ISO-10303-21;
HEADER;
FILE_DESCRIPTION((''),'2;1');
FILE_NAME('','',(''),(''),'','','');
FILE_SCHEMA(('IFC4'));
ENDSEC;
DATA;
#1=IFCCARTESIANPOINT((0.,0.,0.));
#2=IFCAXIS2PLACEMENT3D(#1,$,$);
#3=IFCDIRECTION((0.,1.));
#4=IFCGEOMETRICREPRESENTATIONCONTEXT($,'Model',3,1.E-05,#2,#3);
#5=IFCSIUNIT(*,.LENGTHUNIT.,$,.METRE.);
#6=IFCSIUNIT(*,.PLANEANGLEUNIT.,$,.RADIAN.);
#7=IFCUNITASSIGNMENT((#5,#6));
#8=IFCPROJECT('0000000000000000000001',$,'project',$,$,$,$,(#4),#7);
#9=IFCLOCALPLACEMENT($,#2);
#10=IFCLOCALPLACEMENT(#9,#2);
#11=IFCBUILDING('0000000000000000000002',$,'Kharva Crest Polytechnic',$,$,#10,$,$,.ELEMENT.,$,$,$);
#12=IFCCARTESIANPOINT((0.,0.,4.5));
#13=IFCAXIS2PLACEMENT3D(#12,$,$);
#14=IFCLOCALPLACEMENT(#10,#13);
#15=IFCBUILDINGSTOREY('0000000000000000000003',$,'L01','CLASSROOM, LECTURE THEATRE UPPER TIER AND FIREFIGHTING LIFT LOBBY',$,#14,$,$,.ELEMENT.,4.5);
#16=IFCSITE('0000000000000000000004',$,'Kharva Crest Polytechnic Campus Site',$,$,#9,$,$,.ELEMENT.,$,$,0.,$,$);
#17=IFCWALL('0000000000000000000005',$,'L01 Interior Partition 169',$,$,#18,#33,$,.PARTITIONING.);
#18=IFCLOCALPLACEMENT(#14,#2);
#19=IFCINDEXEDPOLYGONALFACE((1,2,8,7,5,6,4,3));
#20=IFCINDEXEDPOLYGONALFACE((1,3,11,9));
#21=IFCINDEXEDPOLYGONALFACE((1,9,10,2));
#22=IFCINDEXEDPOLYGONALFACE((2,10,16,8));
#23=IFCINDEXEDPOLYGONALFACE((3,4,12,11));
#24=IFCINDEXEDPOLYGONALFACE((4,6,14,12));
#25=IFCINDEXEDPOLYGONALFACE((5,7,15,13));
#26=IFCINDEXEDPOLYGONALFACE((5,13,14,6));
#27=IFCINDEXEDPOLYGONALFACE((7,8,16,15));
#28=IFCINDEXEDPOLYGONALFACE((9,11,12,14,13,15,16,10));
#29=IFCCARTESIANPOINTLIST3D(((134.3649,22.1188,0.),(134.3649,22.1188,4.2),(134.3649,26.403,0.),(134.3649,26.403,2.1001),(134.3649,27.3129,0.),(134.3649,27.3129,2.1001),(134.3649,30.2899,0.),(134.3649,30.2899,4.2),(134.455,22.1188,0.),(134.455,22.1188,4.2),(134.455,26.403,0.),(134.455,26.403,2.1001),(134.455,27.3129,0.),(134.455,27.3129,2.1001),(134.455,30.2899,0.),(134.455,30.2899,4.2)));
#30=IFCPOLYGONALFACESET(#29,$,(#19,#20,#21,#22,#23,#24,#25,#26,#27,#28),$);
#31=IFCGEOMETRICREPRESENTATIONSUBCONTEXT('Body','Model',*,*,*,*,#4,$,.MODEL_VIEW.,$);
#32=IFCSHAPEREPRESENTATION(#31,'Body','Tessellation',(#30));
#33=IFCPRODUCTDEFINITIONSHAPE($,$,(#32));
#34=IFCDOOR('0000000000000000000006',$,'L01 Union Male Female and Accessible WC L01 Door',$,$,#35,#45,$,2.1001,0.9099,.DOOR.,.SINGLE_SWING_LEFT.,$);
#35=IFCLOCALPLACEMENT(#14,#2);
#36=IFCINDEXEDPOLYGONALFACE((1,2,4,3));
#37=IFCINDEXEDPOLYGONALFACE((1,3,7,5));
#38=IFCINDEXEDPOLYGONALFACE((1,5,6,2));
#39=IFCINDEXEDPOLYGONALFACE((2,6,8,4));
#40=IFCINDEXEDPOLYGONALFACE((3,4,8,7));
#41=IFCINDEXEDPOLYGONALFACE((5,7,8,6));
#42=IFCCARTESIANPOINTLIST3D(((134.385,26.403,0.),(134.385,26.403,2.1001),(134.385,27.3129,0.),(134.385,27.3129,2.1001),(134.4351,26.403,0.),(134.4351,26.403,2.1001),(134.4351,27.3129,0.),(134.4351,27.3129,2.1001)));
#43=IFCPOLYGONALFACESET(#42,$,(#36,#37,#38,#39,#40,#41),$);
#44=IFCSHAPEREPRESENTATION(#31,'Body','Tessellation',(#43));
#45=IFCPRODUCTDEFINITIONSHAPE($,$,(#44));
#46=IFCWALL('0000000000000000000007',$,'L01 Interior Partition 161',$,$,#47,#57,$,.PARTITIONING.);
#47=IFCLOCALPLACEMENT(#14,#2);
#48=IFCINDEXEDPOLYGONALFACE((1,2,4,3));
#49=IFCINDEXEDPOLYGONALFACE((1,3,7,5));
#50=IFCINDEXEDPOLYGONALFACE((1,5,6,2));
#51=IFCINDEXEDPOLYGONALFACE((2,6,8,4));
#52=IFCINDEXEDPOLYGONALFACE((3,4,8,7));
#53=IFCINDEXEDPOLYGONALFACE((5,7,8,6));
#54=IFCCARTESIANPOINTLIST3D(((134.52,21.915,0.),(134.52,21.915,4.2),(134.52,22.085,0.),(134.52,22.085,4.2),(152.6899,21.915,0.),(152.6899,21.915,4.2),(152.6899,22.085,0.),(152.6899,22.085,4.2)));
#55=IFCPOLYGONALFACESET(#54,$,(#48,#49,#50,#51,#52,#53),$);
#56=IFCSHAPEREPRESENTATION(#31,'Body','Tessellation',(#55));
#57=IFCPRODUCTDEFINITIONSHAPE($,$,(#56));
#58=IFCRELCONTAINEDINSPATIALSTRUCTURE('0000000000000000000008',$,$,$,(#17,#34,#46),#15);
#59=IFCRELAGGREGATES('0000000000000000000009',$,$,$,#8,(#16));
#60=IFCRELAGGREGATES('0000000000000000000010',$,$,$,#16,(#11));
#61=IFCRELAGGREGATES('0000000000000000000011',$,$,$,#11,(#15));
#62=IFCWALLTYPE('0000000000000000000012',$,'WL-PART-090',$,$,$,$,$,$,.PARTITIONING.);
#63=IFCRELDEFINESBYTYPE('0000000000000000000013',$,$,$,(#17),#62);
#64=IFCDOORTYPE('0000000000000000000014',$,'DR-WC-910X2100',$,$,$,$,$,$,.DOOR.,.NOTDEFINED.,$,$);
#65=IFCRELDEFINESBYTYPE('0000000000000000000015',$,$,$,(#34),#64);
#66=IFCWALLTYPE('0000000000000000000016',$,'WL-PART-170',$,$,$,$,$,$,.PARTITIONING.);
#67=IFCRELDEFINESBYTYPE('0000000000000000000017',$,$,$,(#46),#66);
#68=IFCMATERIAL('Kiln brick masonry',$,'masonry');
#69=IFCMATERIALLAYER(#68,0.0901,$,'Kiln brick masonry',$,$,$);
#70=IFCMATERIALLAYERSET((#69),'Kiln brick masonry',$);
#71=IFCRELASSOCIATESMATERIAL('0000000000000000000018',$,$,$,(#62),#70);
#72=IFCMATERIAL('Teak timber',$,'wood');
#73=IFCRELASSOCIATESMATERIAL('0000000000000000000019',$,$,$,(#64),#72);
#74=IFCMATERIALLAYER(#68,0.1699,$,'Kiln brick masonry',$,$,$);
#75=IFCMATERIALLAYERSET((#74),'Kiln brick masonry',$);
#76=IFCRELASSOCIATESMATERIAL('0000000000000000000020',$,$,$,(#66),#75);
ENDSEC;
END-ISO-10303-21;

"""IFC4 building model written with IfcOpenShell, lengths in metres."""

from ifc_helpers import new_model, si_unit, direction, frame, frame_2d, origin, place, context, subcontext, project, spatial, rectangle, extrude, material, layer, layer_set, type_object, element, fill, save


model = new_model("IFC4")

# Units and contexts
model_context = context("Model", 3, precision=1e-05, world=origin(), true_north=direction((0.0, 1.0)))
body_context = subcontext(model_context, "Body", "Model", "MODEL_VIEW")
ifc_project = project(units=[si_unit("LENGTHUNIT", "METRE"), si_unit("PLANEANGLEUNIT", "RADIAN")], contexts=[model_context])

# Site, building, storey
site_placement = place(None, origin())
site = spatial("IfcSite", under=ifc_project, at=site_placement, Name="Kharva Crest Polytechnic Campus Site", CompositionType="ELEMENT", RefElevation=0.0)
building_placement = place(site_placement, origin())
building = spatial("IfcBuilding", under=site, at=building_placement, Name="Kharva Crest Polytechnic", CompositionType="ELEMENT")
storey_placement = place(building_placement, frame((0.0, 0.0, 4.5)))
storey = spatial("IfcBuildingStorey", under=building, at=storey_placement, Name="L01", Description="CLASSROOM, LECTURE THEATRE UPPER TIER AND FIREFIGHTING LIFT LOBBY", CompositionType="ELEMENT", Elevation=4.5)

# Wall, opening, door
ifc_material_1 = material(Name="Kiln brick masonry", Category="masonry")
ifc_layer_1 = layer(ifc_material_1, 0.0901, Name="Kiln brick masonry")
ifc_layer_set_1 = layer_set([ifc_layer_1], Name="Kiln brick masonry")
wall_type_1 = type_object("IfcWallType", Name="WL-PART-090", PredefinedType="PARTITIONING", material=ifc_layer_set_1)
wall_1_placement = place(storey_placement, frame((134.4099, 22.1189, 0.0), z_axis=(0.0, 0.0, 1.0), x_axis=(0.0, 1.0, 0.0)))
wall_1 = element("IfcWall", 1, at=wall_1_placement, inside=storey, type_object=wall_type_1, Name="L01 Interior Partition 169", PredefinedType="PARTITIONING", context=body_context, shape_type="SweptSolid", body=[
    extrude(rectangle(XDim=8.1711, YDim=0.0901, at=frame_2d((4.0854, 0.0))), origin(), (0.0, 0.0, 1.0), 4.2),
])
opening_placement = place(wall_1_placement, frame((4.2839, 0.0, 0.0)))
opening = element("IfcOpeningElement", 2, at=opening_placement, cuts=wall_1, PredefinedType="OPENING", context=body_context, shape_type="SweptSolid", body=[
    extrude(rectangle(XDim=0.9099, YDim=2.1001, at=frame_2d((0.4551, 1.05))), frame((0.0, 0.0549, 0.0), z_axis=(0.0, -1.0, 0.0), x_axis=(1.0, 0.0, 0.0)), (0.0, 0.0, 1.0), 0.1101),
])
ifc_material_2 = material(Name="Teak timber", Category="wood")
door_type = type_object("IfcDoorType", Name="DR-WC-910X2100", OperationType="NOTDEFINED", PredefinedType="DOOR", material=ifc_material_2)
door_placement = place(opening_placement, origin())
door = element("IfcDoor", 3, at=door_placement, inside=storey, type_object=door_type, Name="L01 Union Male Female and Accessible WC L01 Door", OperationType="SINGLE_SWING_LEFT", OverallHeight=2.1001, OverallWidth=0.9099, PredefinedType="DOOR", context=body_context, shape_type="SweptSolid", body=[
    extrude(rectangle(XDim=0.9099, YDim=2.1001, at=frame_2d((0.4551, 1.05))), frame((0.0, 0.0249, 0.0), z_axis=(0.0, -1.0, 0.0), x_axis=(1.0, 0.0, 0.0)), (0.0, 0.0, 1.0), 0.05),
])
fill(opening, door)

# Wall
ifc_layer_2 = layer(ifc_material_1, 0.1699, Name="Kiln brick masonry")
ifc_layer_set_2 = layer_set([ifc_layer_2], Name="Kiln brick masonry")
wall_type_2 = type_object("IfcWallType", Name="WL-PART-170", PredefinedType="PARTITIONING", material=ifc_layer_set_2)
wall_2_placement = place(storey_placement, frame((134.52, 22.0, 0.0), z_axis=(0.0, 0.0, 1.0), x_axis=(1.0, 0.0, 0.0)))
element("IfcWall", 4, at=wall_2_placement, inside=storey, type_object=wall_type_2, Name="L01 Interior Partition 161", PredefinedType="PARTITIONING", context=body_context, shape_type="SweptSolid", body=[
    extrude(rectangle(XDim=18.1699, YDim=0.1699, at=frame_2d((9.085, 0.0))), origin(), (0.0, 0.0, 1.0), 4.2),
])

save(model, "model.ifc")
